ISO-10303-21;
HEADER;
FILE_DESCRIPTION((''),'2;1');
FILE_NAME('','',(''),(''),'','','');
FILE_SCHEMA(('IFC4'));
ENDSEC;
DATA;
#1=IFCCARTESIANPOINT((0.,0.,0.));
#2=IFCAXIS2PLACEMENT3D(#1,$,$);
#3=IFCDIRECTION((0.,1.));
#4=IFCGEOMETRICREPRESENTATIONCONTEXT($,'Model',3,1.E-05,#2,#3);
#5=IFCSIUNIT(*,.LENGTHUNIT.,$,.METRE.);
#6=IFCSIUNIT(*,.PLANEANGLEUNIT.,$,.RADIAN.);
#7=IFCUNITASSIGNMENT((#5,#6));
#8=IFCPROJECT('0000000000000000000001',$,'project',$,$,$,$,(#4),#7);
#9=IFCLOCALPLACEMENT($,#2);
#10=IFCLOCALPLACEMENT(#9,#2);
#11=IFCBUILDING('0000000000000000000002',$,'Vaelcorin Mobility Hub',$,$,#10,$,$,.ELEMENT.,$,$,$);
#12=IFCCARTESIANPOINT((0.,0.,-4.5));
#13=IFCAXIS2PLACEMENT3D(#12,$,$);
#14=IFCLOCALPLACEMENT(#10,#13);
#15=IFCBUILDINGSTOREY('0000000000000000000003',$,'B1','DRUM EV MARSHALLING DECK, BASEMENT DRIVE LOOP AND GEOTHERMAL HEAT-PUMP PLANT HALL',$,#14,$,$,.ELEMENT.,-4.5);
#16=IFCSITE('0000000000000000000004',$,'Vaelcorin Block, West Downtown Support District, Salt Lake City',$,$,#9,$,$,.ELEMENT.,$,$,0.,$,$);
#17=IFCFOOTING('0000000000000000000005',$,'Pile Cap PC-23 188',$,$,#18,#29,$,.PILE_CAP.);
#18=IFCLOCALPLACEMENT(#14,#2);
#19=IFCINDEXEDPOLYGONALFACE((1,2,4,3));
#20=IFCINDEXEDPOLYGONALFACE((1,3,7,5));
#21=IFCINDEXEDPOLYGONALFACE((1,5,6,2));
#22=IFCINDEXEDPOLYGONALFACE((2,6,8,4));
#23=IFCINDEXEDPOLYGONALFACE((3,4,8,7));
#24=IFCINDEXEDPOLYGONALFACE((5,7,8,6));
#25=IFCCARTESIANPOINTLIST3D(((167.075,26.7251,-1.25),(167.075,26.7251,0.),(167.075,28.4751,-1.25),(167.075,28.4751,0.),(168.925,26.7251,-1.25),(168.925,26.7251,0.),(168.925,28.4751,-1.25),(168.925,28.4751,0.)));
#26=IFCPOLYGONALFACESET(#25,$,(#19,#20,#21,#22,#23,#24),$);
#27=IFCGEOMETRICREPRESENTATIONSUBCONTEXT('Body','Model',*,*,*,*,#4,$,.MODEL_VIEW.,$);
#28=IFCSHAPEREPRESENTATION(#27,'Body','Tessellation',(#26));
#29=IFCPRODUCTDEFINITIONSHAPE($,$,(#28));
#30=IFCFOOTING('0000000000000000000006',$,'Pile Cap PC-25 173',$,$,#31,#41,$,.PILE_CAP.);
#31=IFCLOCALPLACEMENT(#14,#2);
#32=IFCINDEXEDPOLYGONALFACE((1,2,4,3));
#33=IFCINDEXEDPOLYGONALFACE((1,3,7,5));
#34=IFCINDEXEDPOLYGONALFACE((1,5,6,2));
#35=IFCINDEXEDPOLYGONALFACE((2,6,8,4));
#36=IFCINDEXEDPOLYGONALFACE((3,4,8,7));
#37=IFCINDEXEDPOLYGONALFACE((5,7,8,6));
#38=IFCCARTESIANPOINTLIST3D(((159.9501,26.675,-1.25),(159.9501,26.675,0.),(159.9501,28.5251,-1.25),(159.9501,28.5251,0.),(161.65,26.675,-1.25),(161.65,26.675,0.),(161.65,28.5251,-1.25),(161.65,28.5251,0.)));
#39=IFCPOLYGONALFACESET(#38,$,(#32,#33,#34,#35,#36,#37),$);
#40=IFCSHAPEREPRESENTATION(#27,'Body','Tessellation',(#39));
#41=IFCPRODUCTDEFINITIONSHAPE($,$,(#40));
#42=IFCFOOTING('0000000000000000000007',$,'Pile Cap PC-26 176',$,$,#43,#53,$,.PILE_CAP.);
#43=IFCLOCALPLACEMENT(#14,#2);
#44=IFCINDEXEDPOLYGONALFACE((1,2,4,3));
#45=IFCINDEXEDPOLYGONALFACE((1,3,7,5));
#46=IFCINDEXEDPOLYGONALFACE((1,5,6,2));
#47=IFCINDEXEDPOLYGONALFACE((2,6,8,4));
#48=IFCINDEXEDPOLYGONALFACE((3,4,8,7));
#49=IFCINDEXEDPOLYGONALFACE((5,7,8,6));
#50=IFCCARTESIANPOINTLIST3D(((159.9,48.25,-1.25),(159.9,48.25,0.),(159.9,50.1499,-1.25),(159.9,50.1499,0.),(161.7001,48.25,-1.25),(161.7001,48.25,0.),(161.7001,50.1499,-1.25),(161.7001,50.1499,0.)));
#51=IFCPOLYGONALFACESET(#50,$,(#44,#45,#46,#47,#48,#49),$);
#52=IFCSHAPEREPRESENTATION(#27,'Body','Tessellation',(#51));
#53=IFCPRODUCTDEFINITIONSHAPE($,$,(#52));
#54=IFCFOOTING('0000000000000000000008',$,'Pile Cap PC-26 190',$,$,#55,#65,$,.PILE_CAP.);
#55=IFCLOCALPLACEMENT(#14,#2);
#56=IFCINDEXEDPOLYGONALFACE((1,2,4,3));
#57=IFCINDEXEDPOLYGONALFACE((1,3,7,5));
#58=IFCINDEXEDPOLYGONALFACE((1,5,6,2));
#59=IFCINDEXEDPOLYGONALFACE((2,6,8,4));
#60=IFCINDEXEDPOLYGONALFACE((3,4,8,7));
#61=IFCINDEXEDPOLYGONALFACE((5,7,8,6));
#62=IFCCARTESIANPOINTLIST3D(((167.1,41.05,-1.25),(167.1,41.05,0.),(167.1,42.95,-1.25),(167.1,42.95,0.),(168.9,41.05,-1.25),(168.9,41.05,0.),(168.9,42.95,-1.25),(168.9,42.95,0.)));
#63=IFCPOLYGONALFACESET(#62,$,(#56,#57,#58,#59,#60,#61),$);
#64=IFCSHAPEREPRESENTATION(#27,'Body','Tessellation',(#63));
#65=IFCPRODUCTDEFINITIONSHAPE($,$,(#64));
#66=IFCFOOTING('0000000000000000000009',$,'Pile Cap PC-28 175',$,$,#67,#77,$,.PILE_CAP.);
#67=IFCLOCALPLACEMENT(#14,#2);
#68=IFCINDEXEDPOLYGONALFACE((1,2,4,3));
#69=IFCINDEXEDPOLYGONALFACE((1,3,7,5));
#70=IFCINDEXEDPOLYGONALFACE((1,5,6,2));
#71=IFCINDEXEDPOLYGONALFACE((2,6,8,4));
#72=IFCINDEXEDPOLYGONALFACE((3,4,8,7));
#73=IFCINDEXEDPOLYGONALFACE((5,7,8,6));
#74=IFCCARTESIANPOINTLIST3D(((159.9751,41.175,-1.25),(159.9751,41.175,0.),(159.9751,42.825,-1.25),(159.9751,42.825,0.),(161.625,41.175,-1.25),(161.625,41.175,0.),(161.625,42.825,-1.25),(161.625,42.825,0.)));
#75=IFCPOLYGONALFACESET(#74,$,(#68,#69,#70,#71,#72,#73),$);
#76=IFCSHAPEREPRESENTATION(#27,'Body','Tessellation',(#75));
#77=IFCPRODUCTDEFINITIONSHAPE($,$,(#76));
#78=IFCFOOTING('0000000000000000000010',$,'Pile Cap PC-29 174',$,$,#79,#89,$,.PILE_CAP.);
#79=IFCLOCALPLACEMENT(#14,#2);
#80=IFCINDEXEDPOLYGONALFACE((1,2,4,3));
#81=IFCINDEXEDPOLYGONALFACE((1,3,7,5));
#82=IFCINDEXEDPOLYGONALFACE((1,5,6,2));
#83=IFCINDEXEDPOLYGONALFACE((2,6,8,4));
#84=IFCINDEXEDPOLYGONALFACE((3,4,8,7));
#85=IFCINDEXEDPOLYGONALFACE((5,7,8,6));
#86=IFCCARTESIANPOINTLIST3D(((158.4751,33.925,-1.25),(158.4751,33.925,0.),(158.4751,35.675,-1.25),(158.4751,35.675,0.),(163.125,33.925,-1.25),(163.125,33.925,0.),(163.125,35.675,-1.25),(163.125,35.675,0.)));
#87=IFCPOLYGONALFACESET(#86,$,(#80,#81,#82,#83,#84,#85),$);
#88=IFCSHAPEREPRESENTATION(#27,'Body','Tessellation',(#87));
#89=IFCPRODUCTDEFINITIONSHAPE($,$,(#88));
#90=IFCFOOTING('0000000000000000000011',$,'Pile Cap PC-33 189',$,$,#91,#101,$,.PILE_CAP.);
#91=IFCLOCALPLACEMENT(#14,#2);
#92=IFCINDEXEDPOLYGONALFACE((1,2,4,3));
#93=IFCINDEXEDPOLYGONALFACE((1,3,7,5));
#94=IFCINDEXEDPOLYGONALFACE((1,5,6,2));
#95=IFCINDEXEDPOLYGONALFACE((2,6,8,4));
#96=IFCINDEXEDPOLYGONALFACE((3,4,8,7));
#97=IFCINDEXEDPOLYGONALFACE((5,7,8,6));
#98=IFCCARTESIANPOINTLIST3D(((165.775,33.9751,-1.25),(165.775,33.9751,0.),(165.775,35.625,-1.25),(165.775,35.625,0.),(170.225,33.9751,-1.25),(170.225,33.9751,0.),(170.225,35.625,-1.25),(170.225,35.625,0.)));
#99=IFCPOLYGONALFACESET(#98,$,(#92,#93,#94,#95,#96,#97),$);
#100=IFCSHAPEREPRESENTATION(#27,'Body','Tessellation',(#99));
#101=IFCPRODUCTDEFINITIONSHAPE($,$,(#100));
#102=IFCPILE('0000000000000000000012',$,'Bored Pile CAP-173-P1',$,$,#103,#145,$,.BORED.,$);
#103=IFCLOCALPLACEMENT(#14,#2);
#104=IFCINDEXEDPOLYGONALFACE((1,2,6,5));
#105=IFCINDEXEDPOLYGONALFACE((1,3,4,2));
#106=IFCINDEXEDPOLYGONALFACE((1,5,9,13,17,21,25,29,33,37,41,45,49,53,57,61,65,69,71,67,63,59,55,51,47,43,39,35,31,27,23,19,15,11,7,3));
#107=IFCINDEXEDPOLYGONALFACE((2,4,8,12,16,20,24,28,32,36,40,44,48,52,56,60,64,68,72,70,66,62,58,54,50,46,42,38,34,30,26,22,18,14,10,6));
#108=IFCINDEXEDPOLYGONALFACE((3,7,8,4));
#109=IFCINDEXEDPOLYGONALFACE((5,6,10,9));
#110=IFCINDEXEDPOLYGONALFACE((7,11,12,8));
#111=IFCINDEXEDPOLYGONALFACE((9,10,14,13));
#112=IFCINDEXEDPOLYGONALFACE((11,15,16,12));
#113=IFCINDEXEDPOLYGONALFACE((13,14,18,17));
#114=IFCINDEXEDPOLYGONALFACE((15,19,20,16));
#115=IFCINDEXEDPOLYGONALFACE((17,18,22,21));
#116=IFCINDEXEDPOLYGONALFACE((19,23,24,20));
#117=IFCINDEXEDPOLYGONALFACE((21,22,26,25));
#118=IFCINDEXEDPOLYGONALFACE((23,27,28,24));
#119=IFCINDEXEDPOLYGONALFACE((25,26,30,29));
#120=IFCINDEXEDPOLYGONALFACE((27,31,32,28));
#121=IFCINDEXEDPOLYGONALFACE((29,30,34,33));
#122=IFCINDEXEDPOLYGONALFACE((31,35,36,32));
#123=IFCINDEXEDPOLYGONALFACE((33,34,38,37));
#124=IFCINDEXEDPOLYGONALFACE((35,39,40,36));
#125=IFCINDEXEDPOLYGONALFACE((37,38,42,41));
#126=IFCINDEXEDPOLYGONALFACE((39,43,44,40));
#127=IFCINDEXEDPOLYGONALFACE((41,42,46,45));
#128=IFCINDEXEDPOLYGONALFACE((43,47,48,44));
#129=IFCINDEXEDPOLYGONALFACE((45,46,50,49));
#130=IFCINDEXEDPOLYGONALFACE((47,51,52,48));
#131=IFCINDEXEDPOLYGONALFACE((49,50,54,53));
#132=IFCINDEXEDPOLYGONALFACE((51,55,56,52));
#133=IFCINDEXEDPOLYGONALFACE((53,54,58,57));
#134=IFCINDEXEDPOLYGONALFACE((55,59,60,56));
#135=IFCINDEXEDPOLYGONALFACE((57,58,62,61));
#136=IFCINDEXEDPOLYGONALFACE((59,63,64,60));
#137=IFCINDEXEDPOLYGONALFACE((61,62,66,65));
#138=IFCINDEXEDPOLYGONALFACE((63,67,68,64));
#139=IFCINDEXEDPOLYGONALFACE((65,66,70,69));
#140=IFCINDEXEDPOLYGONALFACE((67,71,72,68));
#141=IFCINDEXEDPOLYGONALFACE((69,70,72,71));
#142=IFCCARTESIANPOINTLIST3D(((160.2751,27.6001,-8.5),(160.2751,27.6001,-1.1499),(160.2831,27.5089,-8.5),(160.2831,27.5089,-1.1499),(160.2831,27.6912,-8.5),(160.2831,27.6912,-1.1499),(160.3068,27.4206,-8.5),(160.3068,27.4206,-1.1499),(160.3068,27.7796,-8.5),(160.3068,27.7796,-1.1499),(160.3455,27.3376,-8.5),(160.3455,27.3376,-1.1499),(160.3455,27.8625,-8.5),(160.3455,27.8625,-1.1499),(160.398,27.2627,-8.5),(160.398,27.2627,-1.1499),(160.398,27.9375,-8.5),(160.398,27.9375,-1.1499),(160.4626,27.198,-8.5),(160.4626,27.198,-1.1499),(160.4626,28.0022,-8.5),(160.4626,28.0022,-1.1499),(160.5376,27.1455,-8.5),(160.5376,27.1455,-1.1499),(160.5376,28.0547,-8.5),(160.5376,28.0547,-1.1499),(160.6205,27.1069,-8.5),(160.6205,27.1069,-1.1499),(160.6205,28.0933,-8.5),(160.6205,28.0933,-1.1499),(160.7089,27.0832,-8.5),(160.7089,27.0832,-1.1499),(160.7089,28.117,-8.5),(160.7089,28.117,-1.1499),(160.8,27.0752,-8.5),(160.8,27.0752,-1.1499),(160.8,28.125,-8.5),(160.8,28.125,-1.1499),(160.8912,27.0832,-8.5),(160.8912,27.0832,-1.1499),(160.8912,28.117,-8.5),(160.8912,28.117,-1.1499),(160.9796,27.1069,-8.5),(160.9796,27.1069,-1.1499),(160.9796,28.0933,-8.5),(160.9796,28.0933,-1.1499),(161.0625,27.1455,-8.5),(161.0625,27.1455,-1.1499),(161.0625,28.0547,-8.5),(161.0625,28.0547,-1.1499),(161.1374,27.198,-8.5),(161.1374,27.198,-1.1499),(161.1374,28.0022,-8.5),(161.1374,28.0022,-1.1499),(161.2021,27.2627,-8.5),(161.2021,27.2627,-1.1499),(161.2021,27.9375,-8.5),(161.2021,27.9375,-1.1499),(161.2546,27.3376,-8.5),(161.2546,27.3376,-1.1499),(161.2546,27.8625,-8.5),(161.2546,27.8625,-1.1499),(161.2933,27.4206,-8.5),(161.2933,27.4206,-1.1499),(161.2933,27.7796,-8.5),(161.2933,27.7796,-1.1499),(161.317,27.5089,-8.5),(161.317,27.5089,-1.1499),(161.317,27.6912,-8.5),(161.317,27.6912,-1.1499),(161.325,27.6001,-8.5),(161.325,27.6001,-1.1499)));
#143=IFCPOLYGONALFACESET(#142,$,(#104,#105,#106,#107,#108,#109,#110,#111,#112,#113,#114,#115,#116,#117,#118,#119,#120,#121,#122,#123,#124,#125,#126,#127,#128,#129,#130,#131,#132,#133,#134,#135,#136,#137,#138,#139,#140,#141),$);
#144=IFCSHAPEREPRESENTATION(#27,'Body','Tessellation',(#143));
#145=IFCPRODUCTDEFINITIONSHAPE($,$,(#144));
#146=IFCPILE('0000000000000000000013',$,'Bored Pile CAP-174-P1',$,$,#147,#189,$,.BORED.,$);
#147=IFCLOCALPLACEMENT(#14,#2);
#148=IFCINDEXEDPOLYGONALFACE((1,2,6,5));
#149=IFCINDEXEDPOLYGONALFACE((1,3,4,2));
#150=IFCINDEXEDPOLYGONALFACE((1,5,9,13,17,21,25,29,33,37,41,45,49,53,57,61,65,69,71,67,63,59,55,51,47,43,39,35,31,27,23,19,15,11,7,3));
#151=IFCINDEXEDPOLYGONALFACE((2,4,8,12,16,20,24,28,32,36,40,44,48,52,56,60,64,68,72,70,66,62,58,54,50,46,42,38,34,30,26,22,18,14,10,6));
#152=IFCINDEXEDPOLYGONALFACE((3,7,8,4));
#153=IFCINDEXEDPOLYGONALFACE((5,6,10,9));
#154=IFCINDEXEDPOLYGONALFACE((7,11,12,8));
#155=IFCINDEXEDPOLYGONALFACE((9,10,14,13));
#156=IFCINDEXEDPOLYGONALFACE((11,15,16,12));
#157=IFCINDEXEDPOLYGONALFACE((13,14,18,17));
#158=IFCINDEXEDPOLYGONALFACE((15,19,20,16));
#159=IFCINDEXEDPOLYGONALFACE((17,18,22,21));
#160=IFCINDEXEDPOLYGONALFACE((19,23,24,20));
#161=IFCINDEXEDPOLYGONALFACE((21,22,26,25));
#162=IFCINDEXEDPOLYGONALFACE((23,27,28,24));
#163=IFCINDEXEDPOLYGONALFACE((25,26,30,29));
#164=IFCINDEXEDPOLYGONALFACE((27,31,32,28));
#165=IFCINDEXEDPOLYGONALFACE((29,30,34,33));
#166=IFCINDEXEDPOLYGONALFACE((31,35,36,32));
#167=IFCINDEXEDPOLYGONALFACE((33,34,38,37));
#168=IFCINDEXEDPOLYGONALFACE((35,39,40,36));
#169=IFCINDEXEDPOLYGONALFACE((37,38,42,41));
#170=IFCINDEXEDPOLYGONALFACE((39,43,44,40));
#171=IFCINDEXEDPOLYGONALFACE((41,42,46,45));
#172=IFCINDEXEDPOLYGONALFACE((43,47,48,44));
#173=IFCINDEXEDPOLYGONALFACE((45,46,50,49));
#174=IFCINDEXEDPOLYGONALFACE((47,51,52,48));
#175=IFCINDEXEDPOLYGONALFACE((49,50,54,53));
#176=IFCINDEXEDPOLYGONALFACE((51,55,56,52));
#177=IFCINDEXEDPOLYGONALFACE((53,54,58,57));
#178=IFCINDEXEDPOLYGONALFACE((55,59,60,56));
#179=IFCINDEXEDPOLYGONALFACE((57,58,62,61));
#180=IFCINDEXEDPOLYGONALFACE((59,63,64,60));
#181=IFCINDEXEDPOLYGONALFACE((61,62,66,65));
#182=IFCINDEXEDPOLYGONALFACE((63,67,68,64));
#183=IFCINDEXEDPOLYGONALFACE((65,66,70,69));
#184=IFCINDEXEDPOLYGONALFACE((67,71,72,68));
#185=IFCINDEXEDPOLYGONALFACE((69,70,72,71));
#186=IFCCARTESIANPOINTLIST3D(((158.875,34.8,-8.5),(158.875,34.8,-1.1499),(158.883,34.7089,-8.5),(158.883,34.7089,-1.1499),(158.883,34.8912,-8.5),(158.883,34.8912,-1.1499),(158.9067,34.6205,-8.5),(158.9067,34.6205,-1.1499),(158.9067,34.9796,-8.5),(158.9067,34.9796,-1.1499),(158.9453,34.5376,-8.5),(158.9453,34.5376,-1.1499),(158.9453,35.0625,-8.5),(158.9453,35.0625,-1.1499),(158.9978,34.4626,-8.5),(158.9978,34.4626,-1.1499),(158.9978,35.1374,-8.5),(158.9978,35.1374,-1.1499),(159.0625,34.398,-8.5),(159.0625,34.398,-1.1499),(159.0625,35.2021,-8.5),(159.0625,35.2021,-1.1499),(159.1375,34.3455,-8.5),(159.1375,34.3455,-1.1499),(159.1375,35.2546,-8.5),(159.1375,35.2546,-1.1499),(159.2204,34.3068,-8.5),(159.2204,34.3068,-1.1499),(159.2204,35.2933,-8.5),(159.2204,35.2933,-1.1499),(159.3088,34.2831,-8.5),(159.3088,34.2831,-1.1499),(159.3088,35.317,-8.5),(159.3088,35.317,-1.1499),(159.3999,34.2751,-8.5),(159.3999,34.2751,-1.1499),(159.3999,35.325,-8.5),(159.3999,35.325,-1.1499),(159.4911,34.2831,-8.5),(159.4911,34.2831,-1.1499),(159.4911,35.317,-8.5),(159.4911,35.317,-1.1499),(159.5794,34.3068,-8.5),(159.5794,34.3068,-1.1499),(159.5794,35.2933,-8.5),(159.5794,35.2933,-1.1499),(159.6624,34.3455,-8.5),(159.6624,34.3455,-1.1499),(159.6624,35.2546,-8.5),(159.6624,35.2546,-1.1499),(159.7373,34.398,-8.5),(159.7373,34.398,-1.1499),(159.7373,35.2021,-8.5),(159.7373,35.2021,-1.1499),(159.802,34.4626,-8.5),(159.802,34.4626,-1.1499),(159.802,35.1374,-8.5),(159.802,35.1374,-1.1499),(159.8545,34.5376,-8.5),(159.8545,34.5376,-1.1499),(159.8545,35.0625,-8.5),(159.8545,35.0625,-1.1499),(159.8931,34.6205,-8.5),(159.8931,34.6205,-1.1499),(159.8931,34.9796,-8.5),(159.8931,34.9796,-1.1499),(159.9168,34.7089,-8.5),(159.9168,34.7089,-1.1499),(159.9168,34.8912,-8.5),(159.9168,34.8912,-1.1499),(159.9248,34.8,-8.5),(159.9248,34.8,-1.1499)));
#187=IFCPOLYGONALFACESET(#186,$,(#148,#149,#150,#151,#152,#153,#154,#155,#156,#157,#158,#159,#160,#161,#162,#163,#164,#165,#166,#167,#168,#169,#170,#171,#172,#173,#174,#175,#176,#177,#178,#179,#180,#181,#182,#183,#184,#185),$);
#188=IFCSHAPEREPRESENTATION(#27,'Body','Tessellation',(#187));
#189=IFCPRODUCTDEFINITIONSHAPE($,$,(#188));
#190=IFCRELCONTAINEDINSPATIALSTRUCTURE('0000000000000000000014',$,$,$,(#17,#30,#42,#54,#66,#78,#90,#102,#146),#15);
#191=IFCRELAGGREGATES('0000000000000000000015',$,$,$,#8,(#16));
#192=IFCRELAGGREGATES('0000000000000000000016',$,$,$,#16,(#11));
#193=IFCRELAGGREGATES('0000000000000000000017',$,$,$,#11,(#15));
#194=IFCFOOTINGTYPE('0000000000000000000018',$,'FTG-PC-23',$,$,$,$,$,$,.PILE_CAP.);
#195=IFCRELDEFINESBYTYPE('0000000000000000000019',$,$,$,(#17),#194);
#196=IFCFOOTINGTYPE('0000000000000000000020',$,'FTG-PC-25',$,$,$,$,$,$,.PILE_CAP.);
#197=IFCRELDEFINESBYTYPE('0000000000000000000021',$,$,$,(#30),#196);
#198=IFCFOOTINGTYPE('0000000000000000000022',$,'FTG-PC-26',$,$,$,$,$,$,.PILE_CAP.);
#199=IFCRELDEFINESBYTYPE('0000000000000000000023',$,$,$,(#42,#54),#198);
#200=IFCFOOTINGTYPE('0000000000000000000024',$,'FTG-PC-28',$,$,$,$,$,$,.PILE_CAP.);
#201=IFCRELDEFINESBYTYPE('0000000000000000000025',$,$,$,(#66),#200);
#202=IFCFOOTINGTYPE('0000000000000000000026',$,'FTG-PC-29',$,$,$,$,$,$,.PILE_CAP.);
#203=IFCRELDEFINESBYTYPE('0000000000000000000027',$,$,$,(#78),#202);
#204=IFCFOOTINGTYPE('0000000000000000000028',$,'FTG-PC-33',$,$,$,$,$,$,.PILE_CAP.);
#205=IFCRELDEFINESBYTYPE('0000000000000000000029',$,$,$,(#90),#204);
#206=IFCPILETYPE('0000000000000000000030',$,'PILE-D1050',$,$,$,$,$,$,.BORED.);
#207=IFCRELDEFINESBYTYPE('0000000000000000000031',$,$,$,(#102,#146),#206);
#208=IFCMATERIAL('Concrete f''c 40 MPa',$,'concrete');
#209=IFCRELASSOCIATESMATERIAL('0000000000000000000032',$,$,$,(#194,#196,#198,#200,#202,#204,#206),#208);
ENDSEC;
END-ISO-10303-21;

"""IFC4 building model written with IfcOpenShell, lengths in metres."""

from ifc_helpers import new_model, si_unit, direction, frame, origin, origin_2d, place, context, subcontext, project, spatial, rectangle, circle, extrude, material, material_profile, profile_set, type_object, element, save


model = new_model("IFC4")

# Units and contexts
model_context = context("Model", 3, precision=1e-05, world=origin(), true_north=direction((0.0, 1.0)))
body_context = subcontext(model_context, "Body", "Model", "MODEL_VIEW")
ifc_project = project(units=[si_unit("LENGTHUNIT", "METRE"), si_unit("PLANEANGLEUNIT", "RADIAN")], contexts=[model_context])

# Site, building, storey
site_placement = place(None, origin())
site = spatial("IfcSite", under=ifc_project, at=site_placement, Name="Vaelcorin Block, West Downtown Support District, Salt Lake City", CompositionType="ELEMENT", RefElevation=0.0)
building_placement = place(site_placement, origin())
building = spatial("IfcBuilding", under=site, at=building_placement, Name="Vaelcorin Mobility Hub", CompositionType="ELEMENT")
storey_placement = place(building_placement, frame((0.0, 0.0, -4.5)))
storey = spatial("IfcBuildingStorey", under=building, at=storey_placement, Name="B1", Description="DRUM EV MARSHALLING DECK, BASEMENT DRIVE LOOP AND GEOTHERMAL HEAT-PUMP PLANT HALL", CompositionType="ELEMENT", Elevation=-4.5)

# Footings
ifc_material_1 = material(Name="Concrete f'c 40 MPa", Category="concrete")
footing_type_1 = type_object("IfcFootingType", Name="FTG-PC-23", PredefinedType="PILE_CAP", material=ifc_material_1)
footing_1_placement = place(storey_placement, frame((168.0, 27.6001, -1.25), z_axis=(0.0, 0.0, 1.0), x_axis=(1.0, 0.0, 0.0)))
element("IfcFooting", 1, at=footing_1_placement, inside=storey, type_object=footing_type_1, Name="Pile Cap PC-23 188", PredefinedType="PILE_CAP", context=body_context, shape_type="SweptSolid", body=[
    extrude(rectangle(XDim=1.8501, YDim=1.75, at=origin_2d()), origin(), (0.0, 0.0, 1.0), 1.25),
])
footing_type_2 = type_object("IfcFootingType", Name="FTG-PC-25", PredefinedType="PILE_CAP", material=ifc_material_1)
footing_2_placement = place(storey_placement, frame((160.8, 27.6001, -1.25), z_axis=(0.0, 0.0, 1.0), x_axis=(1.0, 0.0, 0.0)))
element("IfcFooting", 2, at=footing_2_placement, inside=storey, type_object=footing_type_2, Name="Pile Cap PC-25 173", PredefinedType="PILE_CAP", context=body_context, shape_type="SweptSolid", body=[
    extrude(rectangle(XDim=1.7, YDim=1.8501, at=origin_2d()), origin(), (0.0, 0.0, 1.0), 1.25),
])
footing_type_3 = type_object("IfcFootingType", Name="FTG-PC-26", PredefinedType="PILE_CAP", material=ifc_material_1)
for number, where, z_axis, x_axis, name in (
    (3, (160.8, 49.2, -1.25), (0.0, 0.0, 1.0), (1.0, 0.0, 0.0), "Pile Cap PC-26 176"),
    (4, (168.0, 42.0, -1.25), (0.0, 0.0, 1.0), (1.0, 0.0, 0.0), "Pile Cap PC-26 190"),
):
    element("IfcFooting", number, at=place(storey_placement, frame(where, z_axis=z_axis, x_axis=x_axis)), inside=storey, type_object=footing_type_3, Name=name, PredefinedType="PILE_CAP", context=body_context, shape_type="SweptSolid", body=[
        extrude(rectangle(XDim=1.8, YDim=1.8999, at=origin_2d()), origin(), (0.0, 0.0, 1.0), 1.25),
    ])
footing_type_4 = type_object("IfcFootingType", Name="FTG-PC-28", PredefinedType="PILE_CAP", material=ifc_material_1)
footing_3_placement = place(storey_placement, frame((160.8, 42.0, -1.25), z_axis=(0.0, 0.0, 1.0), x_axis=(1.0, 0.0, 0.0)))
element("IfcFooting", 5, at=footing_3_placement, inside=storey, type_object=footing_type_4, Name="Pile Cap PC-28 175", PredefinedType="PILE_CAP", context=body_context, shape_type="SweptSolid", body=[
    extrude(rectangle(XDim=1.6499, YDim=1.6499, at=origin_2d()), origin(), (0.0, 0.0, 1.0), 1.25),
])
footing_type_5 = type_object("IfcFootingType", Name="FTG-PC-29", PredefinedType="PILE_CAP", material=ifc_material_1)
footing_4_placement = place(storey_placement, frame((160.8, 34.8, -1.25), z_axis=(0.0, 0.0, 1.0), x_axis=(1.0, 0.0, 0.0)))
element("IfcFooting", 6, at=footing_4_placement, inside=storey, type_object=footing_type_5, Name="Pile Cap PC-29 174", PredefinedType="PILE_CAP", context=body_context, shape_type="SweptSolid", body=[
    extrude(rectangle(XDim=4.6499, YDim=1.75, at=origin_2d()), origin(), (0.0, 0.0, 1.0), 1.25),
])
footing_type_6 = type_object("IfcFootingType", Name="FTG-PC-33", PredefinedType="PILE_CAP", material=ifc_material_1)
footing_5_placement = place(storey_placement, frame((168.0, 34.8, -1.25), z_axis=(0.0, 0.0, 1.0), x_axis=(1.0, 0.0, 0.0)))
element("IfcFooting", 7, at=footing_5_placement, inside=storey, type_object=footing_type_6, Name="Pile Cap PC-33 189", PredefinedType="PILE_CAP", context=body_context, shape_type="SweptSolid", body=[
    extrude(rectangle(XDim=4.45, YDim=1.6499, at=origin_2d()), origin(), (0.0, 0.0, 1.0), 1.25),
])

# Piles
ifc_material_profile_1 = material_profile(ifc_material_1, circle(Radius=0.5249, at=origin_2d()), Name="BP-D1050")
ifc_profile_set_1 = profile_set([ifc_material_profile_1], Name="Concrete f'c 40 MPa")
pile_type = type_object("IfcPileType", Name="PILE-D1050", PredefinedType="BORED", material=ifc_profile_set_1)
for number, where, z_axis, x_axis, name in (
    (8, (160.8, 27.6001, -1.1499), (0.0, 0.0, -1.0), (1.0, 0.0, 0.0), "Bored Pile CAP-173-P1"),
    (9, (159.3999, 34.8, -1.1499), (0.0, 0.0, -1.0), (1.0, 0.0, 0.0), "Bored Pile CAP-174-P1"),
):
    element("IfcPile", number, at=place(storey_placement, frame(where, z_axis=z_axis, x_axis=x_axis)), inside=storey, type_object=pile_type, Name=name, PredefinedType="BORED", context=body_context, shape_type="SweptSolid", body=[
        extrude(circle(Radius=0.5249, at=origin_2d()), origin(), (0.0, 0.0, 1.0), 7.3501),
    ])

save(model, "model.ifc")
